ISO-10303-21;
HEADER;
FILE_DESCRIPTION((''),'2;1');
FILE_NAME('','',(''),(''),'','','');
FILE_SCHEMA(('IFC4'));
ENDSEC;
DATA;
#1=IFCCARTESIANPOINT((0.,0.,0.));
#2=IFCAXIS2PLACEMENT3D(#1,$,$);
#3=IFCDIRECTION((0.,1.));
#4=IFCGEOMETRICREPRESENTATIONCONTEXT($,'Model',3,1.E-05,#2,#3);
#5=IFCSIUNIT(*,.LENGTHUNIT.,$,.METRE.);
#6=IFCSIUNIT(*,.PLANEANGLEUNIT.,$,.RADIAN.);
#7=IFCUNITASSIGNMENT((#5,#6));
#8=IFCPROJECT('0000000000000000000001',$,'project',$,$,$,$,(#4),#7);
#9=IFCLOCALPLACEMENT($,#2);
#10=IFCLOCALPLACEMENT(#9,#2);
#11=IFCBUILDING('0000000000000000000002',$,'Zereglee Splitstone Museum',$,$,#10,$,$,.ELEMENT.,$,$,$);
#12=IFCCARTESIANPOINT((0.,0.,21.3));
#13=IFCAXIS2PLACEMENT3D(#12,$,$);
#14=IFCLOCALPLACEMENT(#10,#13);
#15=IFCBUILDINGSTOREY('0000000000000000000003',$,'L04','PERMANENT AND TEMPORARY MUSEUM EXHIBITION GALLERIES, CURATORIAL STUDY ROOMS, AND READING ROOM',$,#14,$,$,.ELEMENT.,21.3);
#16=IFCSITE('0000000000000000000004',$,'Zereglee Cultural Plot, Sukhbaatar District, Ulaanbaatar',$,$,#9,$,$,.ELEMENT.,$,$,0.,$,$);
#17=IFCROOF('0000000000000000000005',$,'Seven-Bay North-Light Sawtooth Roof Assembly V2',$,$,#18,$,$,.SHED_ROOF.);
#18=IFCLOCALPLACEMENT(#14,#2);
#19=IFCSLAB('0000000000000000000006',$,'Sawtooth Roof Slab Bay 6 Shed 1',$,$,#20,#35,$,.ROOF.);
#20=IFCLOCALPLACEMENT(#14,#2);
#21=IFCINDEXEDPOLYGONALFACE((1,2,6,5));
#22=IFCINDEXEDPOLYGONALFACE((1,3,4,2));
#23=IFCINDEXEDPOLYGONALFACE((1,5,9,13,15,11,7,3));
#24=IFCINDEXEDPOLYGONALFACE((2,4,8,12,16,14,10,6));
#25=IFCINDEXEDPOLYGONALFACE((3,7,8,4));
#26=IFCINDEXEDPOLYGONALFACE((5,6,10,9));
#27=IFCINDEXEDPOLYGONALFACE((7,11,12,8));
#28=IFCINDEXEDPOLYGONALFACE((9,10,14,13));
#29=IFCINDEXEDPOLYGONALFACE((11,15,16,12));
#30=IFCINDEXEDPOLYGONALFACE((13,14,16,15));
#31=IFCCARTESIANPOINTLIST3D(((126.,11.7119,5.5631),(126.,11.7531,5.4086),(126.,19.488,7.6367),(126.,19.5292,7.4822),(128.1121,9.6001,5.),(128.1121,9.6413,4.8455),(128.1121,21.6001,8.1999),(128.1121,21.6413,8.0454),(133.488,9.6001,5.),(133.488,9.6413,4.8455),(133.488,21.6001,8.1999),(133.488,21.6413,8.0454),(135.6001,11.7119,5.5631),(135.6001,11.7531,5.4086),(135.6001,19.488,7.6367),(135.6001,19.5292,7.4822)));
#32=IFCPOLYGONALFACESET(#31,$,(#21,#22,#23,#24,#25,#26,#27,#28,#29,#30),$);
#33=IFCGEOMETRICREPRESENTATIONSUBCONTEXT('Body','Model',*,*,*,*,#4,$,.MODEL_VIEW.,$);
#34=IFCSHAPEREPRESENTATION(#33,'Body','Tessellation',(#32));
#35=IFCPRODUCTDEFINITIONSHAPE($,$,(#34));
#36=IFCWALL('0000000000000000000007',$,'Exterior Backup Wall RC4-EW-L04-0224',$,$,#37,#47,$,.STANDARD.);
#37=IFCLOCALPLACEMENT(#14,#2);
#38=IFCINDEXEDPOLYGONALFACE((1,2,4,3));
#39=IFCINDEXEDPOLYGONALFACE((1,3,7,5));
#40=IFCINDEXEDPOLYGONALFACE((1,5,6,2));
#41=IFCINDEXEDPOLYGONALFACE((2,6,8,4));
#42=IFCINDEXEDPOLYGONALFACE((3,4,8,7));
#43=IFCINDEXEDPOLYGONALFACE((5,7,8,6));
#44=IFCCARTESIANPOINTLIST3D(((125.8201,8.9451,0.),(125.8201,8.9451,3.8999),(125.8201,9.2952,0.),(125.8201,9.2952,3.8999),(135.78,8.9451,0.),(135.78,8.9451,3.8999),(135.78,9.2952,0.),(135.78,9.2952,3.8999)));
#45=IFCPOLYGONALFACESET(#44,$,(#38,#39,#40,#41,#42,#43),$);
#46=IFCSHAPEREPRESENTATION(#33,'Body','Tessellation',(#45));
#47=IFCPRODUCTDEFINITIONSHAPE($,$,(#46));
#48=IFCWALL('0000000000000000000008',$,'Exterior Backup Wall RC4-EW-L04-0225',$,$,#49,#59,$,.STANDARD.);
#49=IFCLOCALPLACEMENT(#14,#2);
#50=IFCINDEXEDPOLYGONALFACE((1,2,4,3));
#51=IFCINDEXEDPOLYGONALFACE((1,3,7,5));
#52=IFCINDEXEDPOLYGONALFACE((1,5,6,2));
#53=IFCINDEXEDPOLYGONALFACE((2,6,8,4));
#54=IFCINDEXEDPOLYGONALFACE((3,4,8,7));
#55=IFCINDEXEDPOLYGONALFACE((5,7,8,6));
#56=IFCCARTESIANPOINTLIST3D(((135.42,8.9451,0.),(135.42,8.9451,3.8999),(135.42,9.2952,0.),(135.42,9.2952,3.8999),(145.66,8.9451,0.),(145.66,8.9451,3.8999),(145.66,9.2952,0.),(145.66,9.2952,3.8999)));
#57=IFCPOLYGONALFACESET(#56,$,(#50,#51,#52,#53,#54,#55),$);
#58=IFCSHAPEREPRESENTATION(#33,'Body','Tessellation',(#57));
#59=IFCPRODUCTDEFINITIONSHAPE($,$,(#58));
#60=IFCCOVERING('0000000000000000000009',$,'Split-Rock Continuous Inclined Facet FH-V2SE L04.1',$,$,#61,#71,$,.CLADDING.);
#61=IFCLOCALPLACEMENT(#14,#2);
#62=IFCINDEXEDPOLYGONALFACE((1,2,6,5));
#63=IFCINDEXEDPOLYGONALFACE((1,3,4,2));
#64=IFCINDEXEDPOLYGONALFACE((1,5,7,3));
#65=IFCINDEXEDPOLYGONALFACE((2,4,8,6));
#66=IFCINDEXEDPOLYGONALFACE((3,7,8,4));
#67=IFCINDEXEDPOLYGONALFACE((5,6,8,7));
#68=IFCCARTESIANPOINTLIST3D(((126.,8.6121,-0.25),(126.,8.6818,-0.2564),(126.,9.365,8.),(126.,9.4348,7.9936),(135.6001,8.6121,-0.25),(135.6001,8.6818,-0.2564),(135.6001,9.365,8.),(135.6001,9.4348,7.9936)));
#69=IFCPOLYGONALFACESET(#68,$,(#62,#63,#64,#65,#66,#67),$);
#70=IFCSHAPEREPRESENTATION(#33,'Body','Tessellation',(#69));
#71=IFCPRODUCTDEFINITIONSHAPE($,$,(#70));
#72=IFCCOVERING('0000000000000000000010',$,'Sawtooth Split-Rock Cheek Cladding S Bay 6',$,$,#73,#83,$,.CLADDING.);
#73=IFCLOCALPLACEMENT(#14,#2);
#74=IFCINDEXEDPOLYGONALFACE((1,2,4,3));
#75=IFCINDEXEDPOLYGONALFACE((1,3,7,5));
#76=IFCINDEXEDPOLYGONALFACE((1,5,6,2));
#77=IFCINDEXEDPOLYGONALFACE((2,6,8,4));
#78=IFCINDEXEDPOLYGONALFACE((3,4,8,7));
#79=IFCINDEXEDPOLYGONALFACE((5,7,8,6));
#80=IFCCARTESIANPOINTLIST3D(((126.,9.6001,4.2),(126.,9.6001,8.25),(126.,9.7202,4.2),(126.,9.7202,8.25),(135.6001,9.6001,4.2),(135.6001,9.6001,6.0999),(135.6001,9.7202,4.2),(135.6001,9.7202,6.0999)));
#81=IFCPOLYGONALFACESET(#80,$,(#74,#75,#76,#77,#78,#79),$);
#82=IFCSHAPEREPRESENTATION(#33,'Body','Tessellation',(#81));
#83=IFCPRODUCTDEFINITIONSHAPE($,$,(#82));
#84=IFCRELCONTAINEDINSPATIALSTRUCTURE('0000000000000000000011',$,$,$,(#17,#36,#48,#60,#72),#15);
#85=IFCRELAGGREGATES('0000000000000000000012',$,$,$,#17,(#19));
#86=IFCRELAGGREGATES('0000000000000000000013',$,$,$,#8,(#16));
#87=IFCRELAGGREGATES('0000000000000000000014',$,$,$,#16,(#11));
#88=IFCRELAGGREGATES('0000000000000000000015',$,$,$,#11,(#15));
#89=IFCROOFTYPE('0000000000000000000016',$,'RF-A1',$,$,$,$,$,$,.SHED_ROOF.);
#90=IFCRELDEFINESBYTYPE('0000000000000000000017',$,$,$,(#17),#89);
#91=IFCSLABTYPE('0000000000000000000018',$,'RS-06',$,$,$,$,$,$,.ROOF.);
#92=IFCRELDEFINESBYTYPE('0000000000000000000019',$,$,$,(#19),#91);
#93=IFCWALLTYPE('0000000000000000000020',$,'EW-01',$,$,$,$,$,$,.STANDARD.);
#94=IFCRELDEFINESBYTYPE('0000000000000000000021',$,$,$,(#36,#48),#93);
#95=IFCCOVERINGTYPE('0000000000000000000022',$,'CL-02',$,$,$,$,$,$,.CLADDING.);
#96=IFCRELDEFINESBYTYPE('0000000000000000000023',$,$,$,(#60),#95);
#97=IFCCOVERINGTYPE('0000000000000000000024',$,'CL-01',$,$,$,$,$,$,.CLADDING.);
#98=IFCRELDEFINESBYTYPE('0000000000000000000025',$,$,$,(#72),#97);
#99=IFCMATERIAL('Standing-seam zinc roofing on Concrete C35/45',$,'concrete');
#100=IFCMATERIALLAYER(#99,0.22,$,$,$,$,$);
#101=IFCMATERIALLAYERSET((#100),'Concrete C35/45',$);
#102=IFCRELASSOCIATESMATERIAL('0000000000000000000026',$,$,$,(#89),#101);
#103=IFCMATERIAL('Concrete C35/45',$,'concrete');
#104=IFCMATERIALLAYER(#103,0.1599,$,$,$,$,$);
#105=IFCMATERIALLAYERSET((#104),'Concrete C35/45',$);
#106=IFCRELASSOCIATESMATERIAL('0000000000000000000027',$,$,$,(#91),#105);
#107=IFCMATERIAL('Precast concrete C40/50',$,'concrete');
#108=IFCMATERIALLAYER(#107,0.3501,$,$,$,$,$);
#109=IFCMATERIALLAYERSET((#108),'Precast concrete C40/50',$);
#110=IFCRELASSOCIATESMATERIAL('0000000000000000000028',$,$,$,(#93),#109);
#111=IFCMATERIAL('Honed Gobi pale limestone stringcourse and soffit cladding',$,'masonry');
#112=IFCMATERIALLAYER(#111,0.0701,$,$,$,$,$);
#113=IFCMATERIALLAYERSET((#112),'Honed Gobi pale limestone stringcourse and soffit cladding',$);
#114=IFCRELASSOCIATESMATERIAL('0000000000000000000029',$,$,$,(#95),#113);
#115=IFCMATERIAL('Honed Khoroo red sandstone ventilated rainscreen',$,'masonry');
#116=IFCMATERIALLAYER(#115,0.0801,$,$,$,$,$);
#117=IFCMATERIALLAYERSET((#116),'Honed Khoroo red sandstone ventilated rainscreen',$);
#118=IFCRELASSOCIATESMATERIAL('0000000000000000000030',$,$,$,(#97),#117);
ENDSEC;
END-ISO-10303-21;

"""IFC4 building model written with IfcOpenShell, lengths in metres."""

from ifc_helpers import new_model, si_unit, direction, frame, frame_2d, origin, place, context, subcontext, project, spatial, polyline, rectangle, outline, extrude, material, layer, layer_set, type_object, element, aggregate, save


model = new_model("IFC4")

# Units and contexts
model_context = context("Model", 3, precision=1e-05, world=origin(), true_north=direction((0.0, 1.0)))
body_context = subcontext(model_context, "Body", "Model", "MODEL_VIEW")
ifc_project = project(units=[si_unit("LENGTHUNIT", "METRE"), si_unit("PLANEANGLEUNIT", "RADIAN")], contexts=[model_context])

# Site, building, storey
site_placement = place(None, origin())
site = spatial("IfcSite", under=ifc_project, at=site_placement, Name="Zereglee Cultural Plot, Sukhbaatar District, Ulaanbaatar", CompositionType="ELEMENT", RefElevation=0.0)
building_placement = place(site_placement, origin())
building = spatial("IfcBuilding", under=site, at=building_placement, Name="Zereglee Splitstone Museum", CompositionType="ELEMENT")
storey_placement = place(building_placement, frame((0.0, 0.0, 21.3)))
storey = spatial("IfcBuildingStorey", under=building, at=storey_placement, Name="L04", Description="PERMANENT AND TEMPORARY MUSEUM EXHIBITION GALLERIES, CURATORIAL STUDY ROOMS, AND READING ROOM", CompositionType="ELEMENT", Elevation=21.3)

# Roof, slab
ifc_material_1 = material(Name="Standing-seam zinc roofing on Concrete C35/45", Category="concrete")
ifc_layer_1 = layer(ifc_material_1, 0.22)
ifc_layer_set_1 = layer_set([ifc_layer_1], Name="Concrete C35/45")
roof_type = type_object("IfcRoofType", Name="RF-A1", PredefinedType="SHED_ROOF", material=ifc_layer_set_1)
roof_placement = place(storey_placement, origin())
roof = element("IfcRoof", 1, at=roof_placement, inside=storey, type_object=roof_type, Name="Seven-Bay North-Light Sawtooth Roof Assembly V2", PredefinedType="SHED_ROOF")
ifc_material_2 = material(Name="Concrete C35/45", Category="concrete")
ifc_layer_2 = layer(ifc_material_2, 0.1599)
ifc_layer_set_2 = layer_set([ifc_layer_2], Name="Concrete C35/45")
slab_type = type_object("IfcSlabType", Name="RS-06", PredefinedType="ROOF", material=ifc_layer_set_2)
slab_placement = place(storey_placement, frame((128.1121, 9.6001, 5.0), z_axis=(0.0, -0.257657, 0.966236), x_axis=(1.0, 0.0, 0.0)))
slab = element("IfcSlab", 2, at=slab_placement, type_object=slab_type, Name="Sawtooth Roof Slab Bay 6 Shed 1", PredefinedType="ROOF", context=body_context, shape_type="SweptSolid", body=[
    extrude(outline(polyline([(0.0, 0.0), (5.376, 0.0), (7.488, 2.1856), (7.488, 10.2335), (5.376, 12.4193), (0.0, 12.4193), (-2.1121, 10.2335), (-2.1121, 2.1856), (0.0, 0.0)])), origin(), (0.0, 0.0, -1.0), 0.1599),
])
aggregate(roof, [slab])

# Walls
ifc_material_3 = material(Name="Precast concrete C40/50", Category="concrete")
ifc_layer_3 = layer(ifc_material_3, 0.3501)
ifc_layer_set_3 = layer_set([ifc_layer_3], Name="Precast concrete C40/50")
wall_type = type_object("IfcWallType", Name="EW-01", PredefinedType="STANDARD", material=ifc_layer_set_3)
wall_1_placement = place(storey_placement, frame((125.8201, 9.1201, 0.0), z_axis=(0.0, 0.0, 1.0), x_axis=(1.0, 0.0, 0.0)))
element("IfcWall", 3, at=wall_1_placement, inside=storey, type_object=wall_type, Name="Exterior Backup Wall RC4-EW-L04-0224", PredefinedType="STANDARD", context=body_context, shape_type="SweptSolid", body=[
    extrude(rectangle(XDim=9.96, YDim=0.3501, at=frame_2d((4.98, 0.0))), origin(), (0.0, 0.0, 1.0), 3.8999),
])
wall_2_placement = place(storey_placement, frame((135.4199, 9.1201, 0.0), z_axis=(0.0, 0.0, 1.0), x_axis=(1.0, 0.0, 0.0)))
element("IfcWall", 4, at=wall_2_placement, inside=storey, type_object=wall_type, Name="Exterior Backup Wall RC4-EW-L04-0225", PredefinedType="STANDARD", context=body_context, shape_type="SweptSolid", body=[
    extrude(rectangle(XDim=10.24, YDim=0.3501, at=frame_2d((5.1201, 0.0))), origin(), (0.0, 0.0, 1.0), 3.8999),
])

# Coverings
ifc_material_4 = material(Name="Honed Gobi pale limestone stringcourse and soffit cladding", Category="masonry")
ifc_layer_4 = layer(ifc_material_4, 0.0701)
ifc_layer_set_4 = layer_set([ifc_layer_4], Name="Honed Gobi pale limestone stringcourse and soffit cladding")
covering_type_1 = type_object("IfcCoveringType", Name="CL-02", PredefinedType="CLADDING", material=ifc_layer_set_4)
covering_1_placement = place(storey_placement, frame((126.0, 8.6121, -0.25), z_axis=(0.0, -0.995861, 0.090886), x_axis=(1.0, 0.0, 0.0)))
element("IfcCovering", 5, at=covering_1_placement, inside=storey, type_object=covering_type_1, Name="Split-Rock Continuous Inclined Facet FH-V2SE L04.1", PredefinedType="CLADDING", context=body_context, shape_type="SweptSolid", body=[
    extrude(outline(polyline([(0.0, 0.0), (9.6001, 0.0), (9.6001, 8.2843), (0.0, 8.2843), (0.0, 0.0)])), origin(), (0.0, 0.0, -1.0), 0.0701),
])
ifc_material_5 = material(Name="Honed Khoroo red sandstone ventilated rainscreen", Category="masonry")
ifc_layer_5 = layer(ifc_material_5, 0.0801)
ifc_layer_set_5 = layer_set([ifc_layer_5], Name="Honed Khoroo red sandstone ventilated rainscreen")
covering_type_2 = type_object("IfcCoveringType", Name="CL-01", PredefinedType="CLADDING", material=ifc_layer_set_5)
covering_2_placement = place(storey_placement, frame((126.0, 9.6001, 4.2), z_axis=(0.0, -1.0, 0.0), x_axis=(1.0, 0.0, 0.0)))
element("IfcCovering", 6, at=covering_2_placement, inside=storey, type_object=covering_type_2, Name="Sawtooth Split-Rock Cheek Cladding S Bay 6", PredefinedType="CLADDING", context=body_context, shape_type="SweptSolid", body=[
    extrude(outline(polyline([(0.0, 0.0), (9.6001, 0.0), (9.6001, 1.8999), (0.0, 4.05), (0.0, 0.0)])), origin(), (0.0, 0.0, -1.0), 0.1201),
])

save(model, "model.ifc")
